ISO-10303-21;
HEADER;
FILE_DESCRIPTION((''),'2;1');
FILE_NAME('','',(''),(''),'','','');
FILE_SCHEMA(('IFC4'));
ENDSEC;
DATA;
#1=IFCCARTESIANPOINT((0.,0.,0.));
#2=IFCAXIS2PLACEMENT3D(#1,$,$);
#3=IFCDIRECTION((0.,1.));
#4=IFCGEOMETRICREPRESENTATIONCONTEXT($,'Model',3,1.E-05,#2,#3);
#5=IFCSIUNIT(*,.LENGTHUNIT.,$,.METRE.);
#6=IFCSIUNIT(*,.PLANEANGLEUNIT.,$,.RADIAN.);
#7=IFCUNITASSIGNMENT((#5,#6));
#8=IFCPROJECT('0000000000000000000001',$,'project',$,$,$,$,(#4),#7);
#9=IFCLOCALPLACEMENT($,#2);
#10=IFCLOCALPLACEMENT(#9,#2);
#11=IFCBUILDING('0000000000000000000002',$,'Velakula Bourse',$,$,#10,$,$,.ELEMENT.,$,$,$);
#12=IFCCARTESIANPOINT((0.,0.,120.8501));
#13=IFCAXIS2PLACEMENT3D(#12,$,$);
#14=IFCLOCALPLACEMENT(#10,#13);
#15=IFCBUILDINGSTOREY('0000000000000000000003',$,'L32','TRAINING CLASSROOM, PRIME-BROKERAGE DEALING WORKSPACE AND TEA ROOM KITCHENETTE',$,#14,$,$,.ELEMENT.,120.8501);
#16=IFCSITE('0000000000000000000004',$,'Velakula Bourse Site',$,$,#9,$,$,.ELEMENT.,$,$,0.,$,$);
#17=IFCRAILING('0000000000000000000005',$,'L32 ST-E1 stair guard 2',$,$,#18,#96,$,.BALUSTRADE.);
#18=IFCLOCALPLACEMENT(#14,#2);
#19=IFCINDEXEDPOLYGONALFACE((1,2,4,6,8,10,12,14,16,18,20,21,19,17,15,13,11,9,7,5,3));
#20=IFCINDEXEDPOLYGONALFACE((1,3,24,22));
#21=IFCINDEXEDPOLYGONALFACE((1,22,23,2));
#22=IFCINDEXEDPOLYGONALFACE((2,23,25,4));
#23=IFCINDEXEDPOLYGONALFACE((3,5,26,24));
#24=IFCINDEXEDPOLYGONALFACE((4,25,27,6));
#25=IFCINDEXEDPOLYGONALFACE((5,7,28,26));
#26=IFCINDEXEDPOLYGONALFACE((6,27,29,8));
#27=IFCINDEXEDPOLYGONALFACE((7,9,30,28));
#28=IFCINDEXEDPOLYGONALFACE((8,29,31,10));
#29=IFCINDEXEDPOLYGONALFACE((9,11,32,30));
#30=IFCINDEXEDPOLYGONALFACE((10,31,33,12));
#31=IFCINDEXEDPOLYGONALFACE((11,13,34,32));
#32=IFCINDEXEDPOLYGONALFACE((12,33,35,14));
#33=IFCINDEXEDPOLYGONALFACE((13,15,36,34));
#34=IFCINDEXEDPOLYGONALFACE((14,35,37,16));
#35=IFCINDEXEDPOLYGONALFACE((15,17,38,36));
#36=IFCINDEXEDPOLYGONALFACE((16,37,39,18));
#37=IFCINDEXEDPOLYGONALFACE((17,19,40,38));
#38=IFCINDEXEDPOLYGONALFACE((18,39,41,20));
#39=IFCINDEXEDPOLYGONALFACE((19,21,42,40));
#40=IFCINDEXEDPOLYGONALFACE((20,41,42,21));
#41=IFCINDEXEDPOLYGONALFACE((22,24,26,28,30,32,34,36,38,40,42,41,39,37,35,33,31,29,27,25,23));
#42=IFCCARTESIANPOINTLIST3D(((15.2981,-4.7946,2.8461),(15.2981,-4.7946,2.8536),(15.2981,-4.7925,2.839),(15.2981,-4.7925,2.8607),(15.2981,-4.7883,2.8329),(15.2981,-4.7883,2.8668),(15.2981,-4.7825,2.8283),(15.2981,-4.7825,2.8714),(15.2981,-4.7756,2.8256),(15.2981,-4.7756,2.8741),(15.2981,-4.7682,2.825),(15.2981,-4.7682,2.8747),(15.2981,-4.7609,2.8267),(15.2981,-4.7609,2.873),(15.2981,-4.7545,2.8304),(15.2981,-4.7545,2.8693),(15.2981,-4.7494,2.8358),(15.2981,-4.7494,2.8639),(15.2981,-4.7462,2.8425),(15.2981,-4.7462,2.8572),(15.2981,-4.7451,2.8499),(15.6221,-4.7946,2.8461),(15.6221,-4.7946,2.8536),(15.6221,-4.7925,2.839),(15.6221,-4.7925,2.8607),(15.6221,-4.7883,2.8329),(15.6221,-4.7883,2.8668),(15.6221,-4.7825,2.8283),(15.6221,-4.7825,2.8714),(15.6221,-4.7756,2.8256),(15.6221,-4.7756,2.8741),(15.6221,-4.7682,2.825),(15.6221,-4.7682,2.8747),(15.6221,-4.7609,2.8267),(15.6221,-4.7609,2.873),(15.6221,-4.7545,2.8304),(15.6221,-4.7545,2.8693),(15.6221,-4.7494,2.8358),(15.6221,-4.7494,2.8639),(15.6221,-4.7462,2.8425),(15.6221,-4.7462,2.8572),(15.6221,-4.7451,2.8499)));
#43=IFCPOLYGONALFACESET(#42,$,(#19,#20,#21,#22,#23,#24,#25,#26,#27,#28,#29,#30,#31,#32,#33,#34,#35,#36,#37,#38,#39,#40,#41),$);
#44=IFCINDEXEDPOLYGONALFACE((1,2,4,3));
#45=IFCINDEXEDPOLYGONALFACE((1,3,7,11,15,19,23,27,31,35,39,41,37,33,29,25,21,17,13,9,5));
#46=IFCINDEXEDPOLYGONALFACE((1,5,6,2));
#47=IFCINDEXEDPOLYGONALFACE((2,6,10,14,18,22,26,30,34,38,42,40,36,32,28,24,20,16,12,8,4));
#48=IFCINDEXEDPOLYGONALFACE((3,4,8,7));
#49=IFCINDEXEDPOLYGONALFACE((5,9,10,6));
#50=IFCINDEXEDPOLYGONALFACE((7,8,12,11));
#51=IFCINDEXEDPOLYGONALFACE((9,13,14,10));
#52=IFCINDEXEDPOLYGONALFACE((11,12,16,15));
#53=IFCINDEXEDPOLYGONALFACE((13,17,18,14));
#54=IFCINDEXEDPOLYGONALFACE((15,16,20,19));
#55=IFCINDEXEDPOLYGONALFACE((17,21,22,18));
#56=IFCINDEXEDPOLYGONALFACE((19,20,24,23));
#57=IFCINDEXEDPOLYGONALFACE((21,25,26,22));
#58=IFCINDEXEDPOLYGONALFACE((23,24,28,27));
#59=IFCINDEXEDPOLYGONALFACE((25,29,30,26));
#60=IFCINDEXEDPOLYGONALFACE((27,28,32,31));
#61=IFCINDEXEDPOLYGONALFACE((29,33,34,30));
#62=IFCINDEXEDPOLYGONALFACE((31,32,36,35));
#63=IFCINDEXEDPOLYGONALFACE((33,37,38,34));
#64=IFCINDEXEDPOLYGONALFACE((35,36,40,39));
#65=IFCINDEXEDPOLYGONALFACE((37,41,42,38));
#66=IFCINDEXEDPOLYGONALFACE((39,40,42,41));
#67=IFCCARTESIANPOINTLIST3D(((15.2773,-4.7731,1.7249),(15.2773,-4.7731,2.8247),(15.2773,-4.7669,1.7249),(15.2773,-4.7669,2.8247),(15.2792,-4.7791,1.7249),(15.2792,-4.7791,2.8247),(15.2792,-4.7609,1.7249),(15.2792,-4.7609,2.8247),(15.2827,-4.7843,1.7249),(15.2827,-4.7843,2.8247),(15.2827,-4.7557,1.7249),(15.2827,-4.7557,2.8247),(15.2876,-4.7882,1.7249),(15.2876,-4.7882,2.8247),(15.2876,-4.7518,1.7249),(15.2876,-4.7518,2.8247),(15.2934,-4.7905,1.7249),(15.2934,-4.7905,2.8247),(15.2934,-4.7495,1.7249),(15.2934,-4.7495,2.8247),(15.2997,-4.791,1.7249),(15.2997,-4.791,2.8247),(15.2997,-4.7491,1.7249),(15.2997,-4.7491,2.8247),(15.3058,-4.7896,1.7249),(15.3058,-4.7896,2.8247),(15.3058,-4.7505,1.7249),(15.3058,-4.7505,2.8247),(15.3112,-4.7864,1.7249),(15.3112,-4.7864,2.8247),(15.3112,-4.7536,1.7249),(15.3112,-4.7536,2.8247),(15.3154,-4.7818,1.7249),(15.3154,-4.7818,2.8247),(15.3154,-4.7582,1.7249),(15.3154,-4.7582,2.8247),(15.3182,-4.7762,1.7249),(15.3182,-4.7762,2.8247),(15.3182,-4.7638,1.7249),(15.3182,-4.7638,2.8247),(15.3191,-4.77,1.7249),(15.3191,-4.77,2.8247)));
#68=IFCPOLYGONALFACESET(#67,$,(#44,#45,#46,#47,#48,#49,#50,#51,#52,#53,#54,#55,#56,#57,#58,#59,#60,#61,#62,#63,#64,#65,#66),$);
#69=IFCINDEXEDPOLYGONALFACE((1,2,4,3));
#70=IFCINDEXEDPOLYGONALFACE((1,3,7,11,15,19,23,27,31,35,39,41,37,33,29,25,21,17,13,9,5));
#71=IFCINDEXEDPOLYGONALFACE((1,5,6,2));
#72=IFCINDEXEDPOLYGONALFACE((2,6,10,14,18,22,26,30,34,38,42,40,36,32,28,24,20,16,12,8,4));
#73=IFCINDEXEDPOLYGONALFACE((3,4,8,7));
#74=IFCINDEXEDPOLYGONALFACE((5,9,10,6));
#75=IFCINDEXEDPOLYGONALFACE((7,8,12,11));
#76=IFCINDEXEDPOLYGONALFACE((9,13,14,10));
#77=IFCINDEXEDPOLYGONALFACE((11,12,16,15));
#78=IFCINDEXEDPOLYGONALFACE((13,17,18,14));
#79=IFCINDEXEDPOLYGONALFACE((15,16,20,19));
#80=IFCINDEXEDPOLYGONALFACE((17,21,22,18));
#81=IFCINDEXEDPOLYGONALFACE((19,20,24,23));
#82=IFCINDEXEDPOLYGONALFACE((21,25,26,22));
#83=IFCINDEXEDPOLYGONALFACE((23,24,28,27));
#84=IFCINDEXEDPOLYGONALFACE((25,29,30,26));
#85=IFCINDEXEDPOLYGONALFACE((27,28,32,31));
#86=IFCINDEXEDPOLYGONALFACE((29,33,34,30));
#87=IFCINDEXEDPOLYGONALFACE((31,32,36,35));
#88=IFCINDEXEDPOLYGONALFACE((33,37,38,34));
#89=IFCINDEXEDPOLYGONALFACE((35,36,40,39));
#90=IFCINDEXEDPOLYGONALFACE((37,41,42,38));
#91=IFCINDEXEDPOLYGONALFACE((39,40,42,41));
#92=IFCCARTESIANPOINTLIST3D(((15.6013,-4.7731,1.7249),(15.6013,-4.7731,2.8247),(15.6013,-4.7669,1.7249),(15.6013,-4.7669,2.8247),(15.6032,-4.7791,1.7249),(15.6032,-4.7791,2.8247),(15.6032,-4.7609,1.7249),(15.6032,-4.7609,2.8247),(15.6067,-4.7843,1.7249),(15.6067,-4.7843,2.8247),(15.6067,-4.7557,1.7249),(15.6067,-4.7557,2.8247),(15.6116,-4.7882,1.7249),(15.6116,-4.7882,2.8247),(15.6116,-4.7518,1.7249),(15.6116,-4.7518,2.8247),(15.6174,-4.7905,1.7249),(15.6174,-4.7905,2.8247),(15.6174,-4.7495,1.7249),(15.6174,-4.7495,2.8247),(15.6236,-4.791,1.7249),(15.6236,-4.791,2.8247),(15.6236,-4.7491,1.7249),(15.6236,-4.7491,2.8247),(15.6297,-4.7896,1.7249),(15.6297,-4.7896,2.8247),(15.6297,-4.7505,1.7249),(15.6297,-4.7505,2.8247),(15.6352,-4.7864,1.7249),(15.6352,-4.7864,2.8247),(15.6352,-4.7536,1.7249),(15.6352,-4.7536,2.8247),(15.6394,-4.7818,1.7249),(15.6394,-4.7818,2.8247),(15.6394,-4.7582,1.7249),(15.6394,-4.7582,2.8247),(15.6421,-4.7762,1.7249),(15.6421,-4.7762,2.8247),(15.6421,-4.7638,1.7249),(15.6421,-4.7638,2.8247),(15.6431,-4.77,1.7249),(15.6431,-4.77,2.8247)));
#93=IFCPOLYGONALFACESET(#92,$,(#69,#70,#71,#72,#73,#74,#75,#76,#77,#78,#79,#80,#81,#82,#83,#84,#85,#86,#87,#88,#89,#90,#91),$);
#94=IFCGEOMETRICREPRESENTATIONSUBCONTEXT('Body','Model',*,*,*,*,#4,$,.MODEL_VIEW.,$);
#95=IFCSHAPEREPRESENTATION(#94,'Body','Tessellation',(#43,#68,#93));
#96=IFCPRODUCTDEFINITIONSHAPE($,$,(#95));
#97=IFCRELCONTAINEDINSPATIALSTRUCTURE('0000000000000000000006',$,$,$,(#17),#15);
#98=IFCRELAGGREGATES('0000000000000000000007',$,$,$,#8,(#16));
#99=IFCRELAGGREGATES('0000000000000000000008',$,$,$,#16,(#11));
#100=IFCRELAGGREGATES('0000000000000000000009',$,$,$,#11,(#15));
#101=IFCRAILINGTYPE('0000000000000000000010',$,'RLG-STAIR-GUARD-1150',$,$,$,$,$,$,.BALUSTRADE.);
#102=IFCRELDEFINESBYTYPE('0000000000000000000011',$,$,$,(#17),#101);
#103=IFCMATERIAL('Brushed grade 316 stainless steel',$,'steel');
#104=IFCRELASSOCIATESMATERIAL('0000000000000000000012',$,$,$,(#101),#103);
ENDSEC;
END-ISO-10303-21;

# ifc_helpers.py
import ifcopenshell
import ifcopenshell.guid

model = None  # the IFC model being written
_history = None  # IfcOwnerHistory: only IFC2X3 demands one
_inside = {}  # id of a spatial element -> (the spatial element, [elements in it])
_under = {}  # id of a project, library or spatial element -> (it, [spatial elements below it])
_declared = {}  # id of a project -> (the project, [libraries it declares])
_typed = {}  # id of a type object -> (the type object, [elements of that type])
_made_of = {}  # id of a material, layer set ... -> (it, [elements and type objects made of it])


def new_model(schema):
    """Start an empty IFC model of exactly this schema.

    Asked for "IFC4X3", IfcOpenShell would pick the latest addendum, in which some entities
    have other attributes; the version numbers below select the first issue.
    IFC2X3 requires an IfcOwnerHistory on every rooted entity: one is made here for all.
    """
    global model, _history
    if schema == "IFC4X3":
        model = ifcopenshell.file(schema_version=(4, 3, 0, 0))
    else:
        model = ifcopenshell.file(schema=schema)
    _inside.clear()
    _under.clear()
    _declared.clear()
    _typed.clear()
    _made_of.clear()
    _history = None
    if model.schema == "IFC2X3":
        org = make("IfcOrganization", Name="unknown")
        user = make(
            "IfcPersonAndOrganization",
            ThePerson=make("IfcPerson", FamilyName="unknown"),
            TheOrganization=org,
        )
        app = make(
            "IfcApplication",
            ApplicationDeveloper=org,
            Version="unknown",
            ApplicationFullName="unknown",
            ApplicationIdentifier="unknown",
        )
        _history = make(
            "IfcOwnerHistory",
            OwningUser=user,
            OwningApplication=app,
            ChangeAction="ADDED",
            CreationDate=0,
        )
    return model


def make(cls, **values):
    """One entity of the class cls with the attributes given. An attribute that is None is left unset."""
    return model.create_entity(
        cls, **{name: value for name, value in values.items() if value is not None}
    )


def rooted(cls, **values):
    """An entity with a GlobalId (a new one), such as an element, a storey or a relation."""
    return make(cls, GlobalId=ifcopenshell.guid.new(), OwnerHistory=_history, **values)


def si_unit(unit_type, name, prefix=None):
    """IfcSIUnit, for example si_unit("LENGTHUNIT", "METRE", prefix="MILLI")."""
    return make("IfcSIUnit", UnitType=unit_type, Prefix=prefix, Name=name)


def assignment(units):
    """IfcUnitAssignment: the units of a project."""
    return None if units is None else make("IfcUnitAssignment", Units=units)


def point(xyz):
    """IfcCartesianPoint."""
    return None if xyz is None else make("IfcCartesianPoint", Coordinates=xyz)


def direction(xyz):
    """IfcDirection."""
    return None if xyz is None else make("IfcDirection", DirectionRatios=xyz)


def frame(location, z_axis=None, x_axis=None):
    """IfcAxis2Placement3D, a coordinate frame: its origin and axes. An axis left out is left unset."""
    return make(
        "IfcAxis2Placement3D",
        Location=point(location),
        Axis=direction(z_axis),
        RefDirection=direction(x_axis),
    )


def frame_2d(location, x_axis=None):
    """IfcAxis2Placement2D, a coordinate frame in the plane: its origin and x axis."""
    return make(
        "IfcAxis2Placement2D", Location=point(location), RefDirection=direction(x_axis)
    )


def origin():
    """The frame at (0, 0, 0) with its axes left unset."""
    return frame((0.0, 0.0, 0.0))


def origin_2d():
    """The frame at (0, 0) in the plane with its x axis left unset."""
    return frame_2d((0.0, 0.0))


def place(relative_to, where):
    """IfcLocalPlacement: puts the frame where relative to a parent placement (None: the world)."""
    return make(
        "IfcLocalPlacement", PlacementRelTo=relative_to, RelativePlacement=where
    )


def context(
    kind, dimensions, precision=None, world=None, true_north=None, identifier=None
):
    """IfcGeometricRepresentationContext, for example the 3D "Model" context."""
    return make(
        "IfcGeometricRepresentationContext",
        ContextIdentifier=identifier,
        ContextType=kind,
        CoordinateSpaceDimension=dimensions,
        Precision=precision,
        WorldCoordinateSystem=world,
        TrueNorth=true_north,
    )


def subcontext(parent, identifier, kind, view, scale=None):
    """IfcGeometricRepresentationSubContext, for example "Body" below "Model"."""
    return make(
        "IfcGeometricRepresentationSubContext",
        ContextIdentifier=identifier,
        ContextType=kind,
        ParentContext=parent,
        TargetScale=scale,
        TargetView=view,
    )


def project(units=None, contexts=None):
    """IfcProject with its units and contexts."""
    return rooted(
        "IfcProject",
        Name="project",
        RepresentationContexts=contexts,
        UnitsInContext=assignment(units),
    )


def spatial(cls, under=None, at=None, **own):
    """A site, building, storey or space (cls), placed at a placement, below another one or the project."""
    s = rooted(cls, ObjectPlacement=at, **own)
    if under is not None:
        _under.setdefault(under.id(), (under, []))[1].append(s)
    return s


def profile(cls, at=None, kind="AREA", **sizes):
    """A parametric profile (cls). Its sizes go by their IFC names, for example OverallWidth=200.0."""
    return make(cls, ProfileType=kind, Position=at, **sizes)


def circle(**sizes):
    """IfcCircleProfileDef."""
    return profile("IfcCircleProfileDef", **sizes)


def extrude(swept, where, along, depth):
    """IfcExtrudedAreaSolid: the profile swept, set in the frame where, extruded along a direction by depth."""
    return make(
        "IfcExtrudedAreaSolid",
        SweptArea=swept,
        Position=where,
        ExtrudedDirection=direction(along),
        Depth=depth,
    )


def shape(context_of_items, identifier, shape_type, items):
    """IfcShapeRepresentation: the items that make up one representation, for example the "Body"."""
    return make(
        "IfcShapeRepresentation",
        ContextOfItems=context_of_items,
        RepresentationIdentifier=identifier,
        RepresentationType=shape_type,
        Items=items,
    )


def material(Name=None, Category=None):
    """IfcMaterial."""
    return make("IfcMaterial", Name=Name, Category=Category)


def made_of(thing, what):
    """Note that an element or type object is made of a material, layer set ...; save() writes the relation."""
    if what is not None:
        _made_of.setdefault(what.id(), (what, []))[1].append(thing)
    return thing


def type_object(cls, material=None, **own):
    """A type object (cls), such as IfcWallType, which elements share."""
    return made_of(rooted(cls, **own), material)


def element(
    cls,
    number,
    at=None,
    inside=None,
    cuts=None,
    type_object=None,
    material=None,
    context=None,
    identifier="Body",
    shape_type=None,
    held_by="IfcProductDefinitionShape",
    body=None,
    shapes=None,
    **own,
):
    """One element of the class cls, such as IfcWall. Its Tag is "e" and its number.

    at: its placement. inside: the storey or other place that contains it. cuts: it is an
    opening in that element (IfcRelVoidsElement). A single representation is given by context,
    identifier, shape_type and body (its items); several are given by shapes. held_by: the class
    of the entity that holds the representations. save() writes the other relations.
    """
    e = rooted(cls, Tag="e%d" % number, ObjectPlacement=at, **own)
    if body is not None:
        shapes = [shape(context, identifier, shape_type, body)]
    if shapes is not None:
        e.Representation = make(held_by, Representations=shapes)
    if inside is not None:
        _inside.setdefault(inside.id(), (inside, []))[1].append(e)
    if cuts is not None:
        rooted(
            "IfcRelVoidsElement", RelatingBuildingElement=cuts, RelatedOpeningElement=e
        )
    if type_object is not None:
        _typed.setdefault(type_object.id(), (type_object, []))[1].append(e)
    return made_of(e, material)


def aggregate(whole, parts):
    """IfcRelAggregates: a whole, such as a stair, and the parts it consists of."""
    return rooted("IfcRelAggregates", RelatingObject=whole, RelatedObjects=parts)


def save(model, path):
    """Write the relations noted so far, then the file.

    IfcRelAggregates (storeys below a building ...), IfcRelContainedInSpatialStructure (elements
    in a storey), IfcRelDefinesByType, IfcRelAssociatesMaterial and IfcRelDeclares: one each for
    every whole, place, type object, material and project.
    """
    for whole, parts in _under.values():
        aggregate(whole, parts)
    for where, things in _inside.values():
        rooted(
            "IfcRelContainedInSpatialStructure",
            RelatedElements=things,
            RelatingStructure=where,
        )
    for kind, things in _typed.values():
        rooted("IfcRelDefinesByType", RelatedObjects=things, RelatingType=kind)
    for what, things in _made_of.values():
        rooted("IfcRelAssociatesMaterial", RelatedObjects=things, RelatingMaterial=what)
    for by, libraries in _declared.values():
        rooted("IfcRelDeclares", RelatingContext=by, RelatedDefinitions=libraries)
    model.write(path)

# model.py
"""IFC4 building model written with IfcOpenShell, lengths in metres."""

from ifc_helpers import new_model, si_unit, direction, frame, origin, origin_2d, place, context, subcontext, project, spatial, circle, extrude, material, type_object, element, save


model = new_model("IFC4")

# Units and contexts
model_context = context("Model", 3, precision=1e-05, world=origin(), true_north=direction((0.0, 1.0)))
body_context = subcontext(model_context, "Body", "Model", "MODEL_VIEW")
ifc_project = project(units=[si_unit("LENGTHUNIT", "METRE"), si_unit("PLANEANGLEUNIT", "RADIAN")], contexts=[model_context])

# Site, building, storey
site_placement = place(None, origin())
site = spatial("IfcSite", under=ifc_project, at=site_placement, Name="Velakula Bourse Site", CompositionType="ELEMENT", RefElevation=0.0)
building_placement = place(site_placement, origin())
building = spatial("IfcBuilding", under=site, at=building_placement, Name="Velakula Bourse", CompositionType="ELEMENT")
storey_placement = place(building_placement, frame((0.0, 0.0, 120.8501)))
storey = spatial("IfcBuildingStorey", under=building, at=storey_placement, Name="L32", Description="TRAINING CLASSROOM, PRIME-BROKERAGE DEALING WORKSPACE AND TEA ROOM KITCHENETTE", CompositionType="ELEMENT", Elevation=120.8501)

# Shared definitions
ifc_material_1 = material(Name="Brushed grade 316 stainless steel", Category="steel")

# Railing
railing_type_1 = type_object("IfcRailingType", Name="RLG-STAIR-GUARD-1150", PredefinedType="BALUSTRADE", material=ifc_material_1)
railing_1_placement = place(storey_placement, frame((15.2981, -4.77, 1.7249)))
element("IfcRailing", 1, at=railing_1_placement, inside=storey, type_object=railing_type_1, Name="L32 ST-E1 stair guard 2", PredefinedType="BALUSTRADE", context=body_context, shape_type="SweptSolid", body=[
    extrude(circle(Radius=0.0249, at=origin_2d()), frame((0.0, 0.0, 1.125), z_axis=(1.0, 0.0, 0.0), x_axis=(0.0, 1.0, 0.0)), (0.0, 0.0, 1.0), 0.324),
    extrude(circle(Radius=0.021, at=origin_2d()), origin(), (0.0, 0.0, 1.0), 1.0999),
    extrude(circle(Radius=0.021, at=origin_2d()), frame((0.324, 0.0, 0.0)), (0.0, 0.0, 1.0), 1.0999),
])

save(model, "model.ifc")
